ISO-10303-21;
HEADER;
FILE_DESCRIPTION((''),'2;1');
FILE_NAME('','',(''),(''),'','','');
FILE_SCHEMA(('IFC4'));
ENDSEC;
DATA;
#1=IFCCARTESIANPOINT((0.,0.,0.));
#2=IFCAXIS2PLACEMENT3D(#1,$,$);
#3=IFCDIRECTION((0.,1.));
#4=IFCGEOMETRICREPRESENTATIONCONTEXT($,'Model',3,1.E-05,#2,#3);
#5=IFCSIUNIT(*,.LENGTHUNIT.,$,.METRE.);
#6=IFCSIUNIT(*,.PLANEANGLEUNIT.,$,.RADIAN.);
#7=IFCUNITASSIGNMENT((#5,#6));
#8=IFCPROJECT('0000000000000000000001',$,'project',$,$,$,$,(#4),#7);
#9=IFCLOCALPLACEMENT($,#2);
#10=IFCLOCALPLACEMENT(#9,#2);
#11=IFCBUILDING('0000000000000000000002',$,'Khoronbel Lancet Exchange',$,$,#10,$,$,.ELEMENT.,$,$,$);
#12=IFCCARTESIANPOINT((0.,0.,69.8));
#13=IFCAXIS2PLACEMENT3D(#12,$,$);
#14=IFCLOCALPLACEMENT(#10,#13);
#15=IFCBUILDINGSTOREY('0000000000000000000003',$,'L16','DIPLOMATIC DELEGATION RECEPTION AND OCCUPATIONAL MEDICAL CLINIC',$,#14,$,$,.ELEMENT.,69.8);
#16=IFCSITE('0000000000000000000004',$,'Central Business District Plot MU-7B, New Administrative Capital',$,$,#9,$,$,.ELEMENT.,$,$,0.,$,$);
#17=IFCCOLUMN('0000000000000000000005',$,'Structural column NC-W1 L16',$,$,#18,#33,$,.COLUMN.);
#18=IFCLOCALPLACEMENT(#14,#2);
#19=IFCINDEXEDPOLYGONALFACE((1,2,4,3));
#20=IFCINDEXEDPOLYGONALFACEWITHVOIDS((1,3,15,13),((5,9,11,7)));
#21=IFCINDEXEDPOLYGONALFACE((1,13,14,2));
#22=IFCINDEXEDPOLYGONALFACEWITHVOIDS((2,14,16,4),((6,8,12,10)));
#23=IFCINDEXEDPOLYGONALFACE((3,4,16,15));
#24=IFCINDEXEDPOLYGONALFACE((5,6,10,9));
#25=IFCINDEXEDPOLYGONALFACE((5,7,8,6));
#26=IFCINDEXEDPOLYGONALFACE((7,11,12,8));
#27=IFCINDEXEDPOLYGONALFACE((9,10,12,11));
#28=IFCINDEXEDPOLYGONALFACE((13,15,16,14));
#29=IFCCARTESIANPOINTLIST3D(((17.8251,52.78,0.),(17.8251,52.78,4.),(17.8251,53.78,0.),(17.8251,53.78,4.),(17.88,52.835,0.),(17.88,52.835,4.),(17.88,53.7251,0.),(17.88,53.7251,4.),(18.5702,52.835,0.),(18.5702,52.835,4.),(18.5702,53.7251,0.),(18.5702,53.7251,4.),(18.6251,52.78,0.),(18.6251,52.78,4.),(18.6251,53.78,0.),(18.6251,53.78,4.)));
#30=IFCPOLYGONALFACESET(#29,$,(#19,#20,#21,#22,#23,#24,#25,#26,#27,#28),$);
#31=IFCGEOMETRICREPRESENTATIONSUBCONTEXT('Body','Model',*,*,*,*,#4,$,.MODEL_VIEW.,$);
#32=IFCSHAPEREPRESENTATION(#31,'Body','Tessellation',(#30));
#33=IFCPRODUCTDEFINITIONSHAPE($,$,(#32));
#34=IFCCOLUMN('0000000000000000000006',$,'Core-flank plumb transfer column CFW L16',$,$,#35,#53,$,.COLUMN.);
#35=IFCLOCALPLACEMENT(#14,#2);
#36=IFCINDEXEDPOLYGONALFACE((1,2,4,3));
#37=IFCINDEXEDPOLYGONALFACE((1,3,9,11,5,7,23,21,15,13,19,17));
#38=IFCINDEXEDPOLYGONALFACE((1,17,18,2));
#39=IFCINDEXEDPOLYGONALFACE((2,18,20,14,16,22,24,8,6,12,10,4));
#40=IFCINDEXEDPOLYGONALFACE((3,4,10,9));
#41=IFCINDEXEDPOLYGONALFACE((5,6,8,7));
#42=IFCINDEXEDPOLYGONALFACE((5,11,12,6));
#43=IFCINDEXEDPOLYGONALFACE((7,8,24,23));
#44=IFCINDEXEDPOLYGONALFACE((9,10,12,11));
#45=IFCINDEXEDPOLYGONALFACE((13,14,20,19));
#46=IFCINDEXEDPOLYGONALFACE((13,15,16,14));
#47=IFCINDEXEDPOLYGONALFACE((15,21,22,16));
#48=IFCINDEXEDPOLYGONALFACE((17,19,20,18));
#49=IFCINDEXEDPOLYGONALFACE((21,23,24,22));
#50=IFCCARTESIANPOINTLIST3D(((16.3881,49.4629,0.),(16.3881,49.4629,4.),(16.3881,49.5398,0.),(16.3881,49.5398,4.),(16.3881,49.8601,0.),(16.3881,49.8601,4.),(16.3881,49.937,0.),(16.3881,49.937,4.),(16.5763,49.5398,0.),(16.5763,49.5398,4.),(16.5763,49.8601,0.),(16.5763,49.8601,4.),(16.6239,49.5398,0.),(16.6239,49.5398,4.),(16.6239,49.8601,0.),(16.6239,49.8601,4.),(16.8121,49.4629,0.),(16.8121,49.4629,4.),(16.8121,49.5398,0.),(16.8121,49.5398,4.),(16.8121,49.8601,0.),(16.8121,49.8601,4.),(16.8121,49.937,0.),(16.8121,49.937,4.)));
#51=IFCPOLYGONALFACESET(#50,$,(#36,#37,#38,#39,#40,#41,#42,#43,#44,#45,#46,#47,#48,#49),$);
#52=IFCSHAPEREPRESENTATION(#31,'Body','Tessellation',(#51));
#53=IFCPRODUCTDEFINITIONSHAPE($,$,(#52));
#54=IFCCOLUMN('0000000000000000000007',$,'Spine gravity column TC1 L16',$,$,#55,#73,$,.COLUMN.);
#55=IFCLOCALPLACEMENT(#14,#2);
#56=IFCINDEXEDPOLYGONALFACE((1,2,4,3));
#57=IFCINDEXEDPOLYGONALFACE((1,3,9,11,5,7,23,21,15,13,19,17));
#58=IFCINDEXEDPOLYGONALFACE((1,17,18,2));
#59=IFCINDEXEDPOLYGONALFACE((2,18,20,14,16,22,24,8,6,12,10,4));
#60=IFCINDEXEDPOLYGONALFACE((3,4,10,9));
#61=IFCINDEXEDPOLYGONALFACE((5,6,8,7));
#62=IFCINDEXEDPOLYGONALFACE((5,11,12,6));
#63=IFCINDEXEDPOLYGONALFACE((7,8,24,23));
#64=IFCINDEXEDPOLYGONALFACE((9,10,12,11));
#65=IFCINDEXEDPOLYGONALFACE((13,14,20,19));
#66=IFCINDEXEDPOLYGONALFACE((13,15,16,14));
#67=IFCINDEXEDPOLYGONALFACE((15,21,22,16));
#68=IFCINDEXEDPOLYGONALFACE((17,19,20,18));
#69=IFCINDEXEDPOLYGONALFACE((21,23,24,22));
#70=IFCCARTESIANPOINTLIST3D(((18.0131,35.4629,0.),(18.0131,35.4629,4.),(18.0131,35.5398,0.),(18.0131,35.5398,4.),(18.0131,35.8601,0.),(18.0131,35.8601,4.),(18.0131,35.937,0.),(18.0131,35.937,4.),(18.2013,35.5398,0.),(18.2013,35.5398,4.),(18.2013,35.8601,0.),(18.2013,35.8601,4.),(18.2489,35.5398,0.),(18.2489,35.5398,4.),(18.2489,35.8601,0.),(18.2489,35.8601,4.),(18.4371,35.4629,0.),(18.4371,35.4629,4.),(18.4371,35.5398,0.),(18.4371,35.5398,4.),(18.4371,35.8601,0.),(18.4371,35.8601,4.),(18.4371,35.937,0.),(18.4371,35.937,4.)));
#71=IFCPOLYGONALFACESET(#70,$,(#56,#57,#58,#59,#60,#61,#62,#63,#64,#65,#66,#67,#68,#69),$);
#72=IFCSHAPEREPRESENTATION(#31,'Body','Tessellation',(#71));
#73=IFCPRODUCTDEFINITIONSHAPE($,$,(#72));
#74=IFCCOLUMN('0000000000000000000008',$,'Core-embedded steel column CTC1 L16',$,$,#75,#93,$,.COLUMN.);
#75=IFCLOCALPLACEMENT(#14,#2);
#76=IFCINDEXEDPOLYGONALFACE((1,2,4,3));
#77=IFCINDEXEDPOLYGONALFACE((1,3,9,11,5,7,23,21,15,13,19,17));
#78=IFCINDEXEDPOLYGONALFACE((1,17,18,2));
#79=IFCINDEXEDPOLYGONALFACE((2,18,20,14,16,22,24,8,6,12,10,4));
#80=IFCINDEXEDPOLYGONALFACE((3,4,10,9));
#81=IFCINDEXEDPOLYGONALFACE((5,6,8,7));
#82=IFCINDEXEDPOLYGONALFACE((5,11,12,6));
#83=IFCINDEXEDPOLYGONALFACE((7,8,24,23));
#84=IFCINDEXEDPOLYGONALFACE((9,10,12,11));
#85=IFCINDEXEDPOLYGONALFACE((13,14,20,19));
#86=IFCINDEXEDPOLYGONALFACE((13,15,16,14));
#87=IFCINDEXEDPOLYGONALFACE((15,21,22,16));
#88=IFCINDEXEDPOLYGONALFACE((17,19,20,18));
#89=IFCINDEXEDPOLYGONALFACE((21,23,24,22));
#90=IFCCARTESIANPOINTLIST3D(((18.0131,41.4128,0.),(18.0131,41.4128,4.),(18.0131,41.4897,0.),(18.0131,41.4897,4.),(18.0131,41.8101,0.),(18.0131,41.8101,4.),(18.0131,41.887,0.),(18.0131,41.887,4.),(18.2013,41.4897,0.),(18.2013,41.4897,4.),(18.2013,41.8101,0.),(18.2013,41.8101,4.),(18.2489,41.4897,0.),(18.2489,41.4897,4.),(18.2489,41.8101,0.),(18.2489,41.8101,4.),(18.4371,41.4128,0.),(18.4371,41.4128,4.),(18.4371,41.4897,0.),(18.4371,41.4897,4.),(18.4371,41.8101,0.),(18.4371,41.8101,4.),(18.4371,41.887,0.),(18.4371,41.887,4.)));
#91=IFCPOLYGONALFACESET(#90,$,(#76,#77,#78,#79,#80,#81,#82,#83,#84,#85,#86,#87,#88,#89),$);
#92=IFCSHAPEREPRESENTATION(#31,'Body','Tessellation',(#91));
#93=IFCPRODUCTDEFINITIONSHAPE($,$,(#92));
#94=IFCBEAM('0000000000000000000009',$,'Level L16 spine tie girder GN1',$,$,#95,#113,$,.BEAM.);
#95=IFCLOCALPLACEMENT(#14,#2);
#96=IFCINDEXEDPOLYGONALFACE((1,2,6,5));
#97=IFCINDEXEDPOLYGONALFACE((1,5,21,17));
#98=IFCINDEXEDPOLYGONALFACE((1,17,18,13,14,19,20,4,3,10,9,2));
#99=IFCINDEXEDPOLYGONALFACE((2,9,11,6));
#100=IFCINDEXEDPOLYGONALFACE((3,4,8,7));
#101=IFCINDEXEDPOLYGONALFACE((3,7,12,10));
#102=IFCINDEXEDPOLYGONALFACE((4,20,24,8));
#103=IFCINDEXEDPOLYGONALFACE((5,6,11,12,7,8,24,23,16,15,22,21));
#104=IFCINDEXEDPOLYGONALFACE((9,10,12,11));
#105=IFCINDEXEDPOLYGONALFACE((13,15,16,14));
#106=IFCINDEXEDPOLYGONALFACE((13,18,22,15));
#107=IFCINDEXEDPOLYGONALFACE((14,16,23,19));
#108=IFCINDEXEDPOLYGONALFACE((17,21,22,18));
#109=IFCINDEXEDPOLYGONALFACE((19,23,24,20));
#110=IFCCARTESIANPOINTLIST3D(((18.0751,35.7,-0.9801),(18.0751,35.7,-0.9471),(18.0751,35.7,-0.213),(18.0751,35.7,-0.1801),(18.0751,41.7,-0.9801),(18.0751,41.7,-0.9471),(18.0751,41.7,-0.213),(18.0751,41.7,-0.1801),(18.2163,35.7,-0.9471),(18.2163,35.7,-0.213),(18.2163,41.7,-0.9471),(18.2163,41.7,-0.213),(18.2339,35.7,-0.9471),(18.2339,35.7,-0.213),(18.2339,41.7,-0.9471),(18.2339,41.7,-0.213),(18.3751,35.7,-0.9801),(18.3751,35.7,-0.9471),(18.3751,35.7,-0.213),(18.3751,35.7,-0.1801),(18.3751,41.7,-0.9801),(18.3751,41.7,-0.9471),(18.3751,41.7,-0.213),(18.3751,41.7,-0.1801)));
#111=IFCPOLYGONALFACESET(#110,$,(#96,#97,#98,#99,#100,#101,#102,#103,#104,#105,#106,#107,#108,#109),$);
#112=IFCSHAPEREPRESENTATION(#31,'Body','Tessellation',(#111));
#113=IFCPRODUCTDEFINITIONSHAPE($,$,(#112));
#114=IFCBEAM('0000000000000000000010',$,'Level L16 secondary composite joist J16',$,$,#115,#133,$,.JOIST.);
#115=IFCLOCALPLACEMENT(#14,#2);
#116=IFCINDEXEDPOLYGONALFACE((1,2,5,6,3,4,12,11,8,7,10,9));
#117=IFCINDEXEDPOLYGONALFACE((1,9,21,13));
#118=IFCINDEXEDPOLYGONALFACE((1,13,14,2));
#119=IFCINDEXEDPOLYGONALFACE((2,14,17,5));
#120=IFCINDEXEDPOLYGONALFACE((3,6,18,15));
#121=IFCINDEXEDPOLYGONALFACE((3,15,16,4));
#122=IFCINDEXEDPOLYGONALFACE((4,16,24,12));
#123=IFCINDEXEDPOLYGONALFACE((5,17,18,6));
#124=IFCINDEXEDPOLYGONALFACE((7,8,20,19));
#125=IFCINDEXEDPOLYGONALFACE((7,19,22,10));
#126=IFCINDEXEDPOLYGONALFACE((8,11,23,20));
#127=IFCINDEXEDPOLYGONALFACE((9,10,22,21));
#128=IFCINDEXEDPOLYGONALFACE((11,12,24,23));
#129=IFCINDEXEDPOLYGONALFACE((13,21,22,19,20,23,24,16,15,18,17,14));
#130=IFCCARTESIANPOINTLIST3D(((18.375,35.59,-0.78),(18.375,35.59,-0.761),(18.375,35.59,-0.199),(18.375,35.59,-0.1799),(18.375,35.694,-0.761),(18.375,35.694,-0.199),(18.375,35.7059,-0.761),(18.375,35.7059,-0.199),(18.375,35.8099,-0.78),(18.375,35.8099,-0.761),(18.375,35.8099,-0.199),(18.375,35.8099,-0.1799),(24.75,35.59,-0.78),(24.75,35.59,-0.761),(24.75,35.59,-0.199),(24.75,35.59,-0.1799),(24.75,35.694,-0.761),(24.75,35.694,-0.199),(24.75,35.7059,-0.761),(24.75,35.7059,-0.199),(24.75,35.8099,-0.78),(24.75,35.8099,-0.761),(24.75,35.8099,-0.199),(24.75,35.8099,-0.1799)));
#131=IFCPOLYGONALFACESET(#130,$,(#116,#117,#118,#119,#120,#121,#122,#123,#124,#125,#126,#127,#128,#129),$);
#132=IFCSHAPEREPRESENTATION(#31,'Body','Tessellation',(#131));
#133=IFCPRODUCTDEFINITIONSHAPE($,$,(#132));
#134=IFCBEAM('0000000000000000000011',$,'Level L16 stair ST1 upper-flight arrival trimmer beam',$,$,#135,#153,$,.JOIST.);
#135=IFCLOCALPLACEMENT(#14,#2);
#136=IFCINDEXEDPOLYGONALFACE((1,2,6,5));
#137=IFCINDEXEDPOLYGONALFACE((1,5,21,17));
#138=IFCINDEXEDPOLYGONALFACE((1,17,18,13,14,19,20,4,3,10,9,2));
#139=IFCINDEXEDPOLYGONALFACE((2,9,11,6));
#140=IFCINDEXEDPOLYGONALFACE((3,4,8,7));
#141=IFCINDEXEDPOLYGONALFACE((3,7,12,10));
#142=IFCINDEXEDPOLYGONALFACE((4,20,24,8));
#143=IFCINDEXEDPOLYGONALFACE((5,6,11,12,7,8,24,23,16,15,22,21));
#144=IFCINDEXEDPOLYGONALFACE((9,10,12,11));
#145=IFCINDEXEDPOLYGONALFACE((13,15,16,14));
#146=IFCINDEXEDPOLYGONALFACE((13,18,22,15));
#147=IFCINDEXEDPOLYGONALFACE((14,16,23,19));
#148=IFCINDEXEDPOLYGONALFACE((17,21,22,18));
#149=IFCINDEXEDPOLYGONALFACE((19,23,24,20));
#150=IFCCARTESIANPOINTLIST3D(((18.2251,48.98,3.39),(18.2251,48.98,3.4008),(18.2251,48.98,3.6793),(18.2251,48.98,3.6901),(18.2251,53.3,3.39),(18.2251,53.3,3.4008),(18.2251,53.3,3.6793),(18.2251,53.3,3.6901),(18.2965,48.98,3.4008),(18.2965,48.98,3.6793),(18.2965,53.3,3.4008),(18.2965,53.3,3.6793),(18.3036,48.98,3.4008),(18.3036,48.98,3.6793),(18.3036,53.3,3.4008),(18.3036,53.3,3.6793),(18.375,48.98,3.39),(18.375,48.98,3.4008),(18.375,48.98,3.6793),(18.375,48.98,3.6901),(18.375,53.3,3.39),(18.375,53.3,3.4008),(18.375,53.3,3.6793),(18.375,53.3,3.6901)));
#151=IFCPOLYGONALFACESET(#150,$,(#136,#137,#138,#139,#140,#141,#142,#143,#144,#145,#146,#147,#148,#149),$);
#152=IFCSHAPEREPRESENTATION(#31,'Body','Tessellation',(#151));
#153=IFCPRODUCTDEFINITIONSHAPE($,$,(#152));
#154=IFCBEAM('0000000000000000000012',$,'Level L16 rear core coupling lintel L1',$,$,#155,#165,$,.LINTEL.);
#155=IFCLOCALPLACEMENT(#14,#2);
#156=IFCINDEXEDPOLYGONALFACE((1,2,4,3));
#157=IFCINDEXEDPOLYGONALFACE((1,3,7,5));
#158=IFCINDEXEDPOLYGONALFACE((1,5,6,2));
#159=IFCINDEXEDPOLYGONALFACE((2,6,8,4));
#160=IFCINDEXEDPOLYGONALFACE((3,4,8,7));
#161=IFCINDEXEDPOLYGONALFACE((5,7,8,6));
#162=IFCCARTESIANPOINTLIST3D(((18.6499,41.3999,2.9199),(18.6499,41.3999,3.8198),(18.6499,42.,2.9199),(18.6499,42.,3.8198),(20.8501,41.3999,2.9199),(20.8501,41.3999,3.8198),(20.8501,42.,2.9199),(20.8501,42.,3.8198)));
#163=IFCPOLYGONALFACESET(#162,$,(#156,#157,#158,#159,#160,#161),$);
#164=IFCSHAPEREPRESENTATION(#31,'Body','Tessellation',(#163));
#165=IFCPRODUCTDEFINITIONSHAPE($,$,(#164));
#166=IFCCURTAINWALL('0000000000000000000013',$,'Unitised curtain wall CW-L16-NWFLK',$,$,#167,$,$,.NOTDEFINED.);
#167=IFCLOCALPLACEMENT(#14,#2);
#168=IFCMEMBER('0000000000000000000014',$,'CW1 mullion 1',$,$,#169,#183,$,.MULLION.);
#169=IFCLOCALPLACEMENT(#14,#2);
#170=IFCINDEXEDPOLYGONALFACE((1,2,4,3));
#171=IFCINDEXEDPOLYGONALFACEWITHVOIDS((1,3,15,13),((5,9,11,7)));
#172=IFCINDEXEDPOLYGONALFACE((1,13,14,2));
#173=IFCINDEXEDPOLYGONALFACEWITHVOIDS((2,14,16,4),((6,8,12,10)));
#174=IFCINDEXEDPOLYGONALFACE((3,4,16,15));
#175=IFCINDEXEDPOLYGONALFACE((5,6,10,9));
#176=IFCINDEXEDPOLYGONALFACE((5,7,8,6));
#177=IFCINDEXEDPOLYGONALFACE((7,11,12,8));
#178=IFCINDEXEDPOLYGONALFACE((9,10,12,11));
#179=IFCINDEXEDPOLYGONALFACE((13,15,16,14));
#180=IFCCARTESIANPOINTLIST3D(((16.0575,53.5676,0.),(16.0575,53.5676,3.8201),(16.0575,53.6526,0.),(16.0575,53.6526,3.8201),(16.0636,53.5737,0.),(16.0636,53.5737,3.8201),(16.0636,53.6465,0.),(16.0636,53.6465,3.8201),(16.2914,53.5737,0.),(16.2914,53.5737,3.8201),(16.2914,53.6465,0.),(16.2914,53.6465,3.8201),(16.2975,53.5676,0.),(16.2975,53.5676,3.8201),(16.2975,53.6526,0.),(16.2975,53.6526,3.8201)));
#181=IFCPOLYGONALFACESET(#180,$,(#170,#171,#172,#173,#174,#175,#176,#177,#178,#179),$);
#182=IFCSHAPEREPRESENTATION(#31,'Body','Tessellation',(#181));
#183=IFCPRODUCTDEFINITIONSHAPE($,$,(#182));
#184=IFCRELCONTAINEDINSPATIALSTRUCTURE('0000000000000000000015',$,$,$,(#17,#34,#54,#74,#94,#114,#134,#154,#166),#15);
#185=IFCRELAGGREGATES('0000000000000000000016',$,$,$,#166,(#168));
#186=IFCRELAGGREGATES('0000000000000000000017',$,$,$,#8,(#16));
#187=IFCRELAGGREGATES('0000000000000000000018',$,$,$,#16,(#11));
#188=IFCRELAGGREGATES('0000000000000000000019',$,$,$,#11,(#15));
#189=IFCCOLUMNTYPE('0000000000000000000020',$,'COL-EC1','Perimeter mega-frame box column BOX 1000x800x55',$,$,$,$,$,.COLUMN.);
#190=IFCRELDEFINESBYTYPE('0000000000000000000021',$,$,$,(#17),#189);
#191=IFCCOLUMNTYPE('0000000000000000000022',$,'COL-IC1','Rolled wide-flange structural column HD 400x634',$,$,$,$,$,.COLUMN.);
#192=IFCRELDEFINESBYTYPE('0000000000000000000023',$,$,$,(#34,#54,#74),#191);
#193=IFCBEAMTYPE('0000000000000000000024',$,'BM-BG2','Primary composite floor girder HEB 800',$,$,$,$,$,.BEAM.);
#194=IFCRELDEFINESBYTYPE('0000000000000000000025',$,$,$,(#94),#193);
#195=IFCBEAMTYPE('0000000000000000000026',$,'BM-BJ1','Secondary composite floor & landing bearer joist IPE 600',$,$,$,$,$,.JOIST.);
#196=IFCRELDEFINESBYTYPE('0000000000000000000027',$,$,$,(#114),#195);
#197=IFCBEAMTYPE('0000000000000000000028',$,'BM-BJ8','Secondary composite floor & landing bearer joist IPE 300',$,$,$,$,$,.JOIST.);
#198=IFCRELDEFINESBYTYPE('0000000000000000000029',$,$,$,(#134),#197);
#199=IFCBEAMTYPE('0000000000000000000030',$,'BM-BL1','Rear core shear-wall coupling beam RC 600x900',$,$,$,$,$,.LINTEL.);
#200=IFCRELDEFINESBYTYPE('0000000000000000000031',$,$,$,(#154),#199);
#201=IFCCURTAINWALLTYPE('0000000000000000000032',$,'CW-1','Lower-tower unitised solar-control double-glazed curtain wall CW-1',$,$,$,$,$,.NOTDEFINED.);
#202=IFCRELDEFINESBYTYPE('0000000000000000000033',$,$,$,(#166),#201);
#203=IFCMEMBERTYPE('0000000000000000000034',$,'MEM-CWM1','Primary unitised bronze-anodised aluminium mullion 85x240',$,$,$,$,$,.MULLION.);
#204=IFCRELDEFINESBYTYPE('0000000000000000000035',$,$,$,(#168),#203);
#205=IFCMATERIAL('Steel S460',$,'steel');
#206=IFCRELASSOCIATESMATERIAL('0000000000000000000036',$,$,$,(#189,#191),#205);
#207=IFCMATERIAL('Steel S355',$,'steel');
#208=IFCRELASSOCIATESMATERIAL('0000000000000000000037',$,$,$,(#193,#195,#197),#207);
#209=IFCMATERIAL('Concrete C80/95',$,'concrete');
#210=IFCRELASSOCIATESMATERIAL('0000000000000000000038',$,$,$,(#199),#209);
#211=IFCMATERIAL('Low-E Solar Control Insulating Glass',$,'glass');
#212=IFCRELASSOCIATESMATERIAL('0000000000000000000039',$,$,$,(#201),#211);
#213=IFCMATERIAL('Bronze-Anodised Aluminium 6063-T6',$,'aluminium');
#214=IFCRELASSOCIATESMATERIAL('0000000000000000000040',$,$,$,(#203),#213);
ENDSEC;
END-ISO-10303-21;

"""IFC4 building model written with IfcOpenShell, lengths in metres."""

from ifc_helpers import new_model, si_unit, direction, frame, origin, origin_2d, place, context, subcontext, project, spatial, rectangle, hollow_rectangle, i_section, extrude, material, material_profile, profile_set, type_object, element, aggregate, save


model = new_model("IFC4")

# Units and contexts
model_context = context("Model", 3, precision=1e-05, world=origin(), true_north=direction((0.0, 1.0)))
body_context = subcontext(model_context, "Body", "Model", "MODEL_VIEW")
ifc_project = project(units=[si_unit("LENGTHUNIT", "METRE"), si_unit("PLANEANGLEUNIT", "RADIAN")], contexts=[model_context])

# Site, building, storey
site_placement = place(None, origin())
site = spatial("IfcSite", under=ifc_project, at=site_placement, Name="Central Business District Plot MU-7B, New Administrative Capital", CompositionType="ELEMENT", RefElevation=0.0)
building_placement = place(site_placement, origin())
building = spatial("IfcBuilding", under=site, at=building_placement, Name="Khoronbel Lancet Exchange", CompositionType="ELEMENT")
storey_placement = place(building_placement, frame((0.0, 0.0, 69.8)))
storey = spatial("IfcBuildingStorey", under=building, at=storey_placement, Name="L16", Description="DIPLOMATIC DELEGATION RECEPTION AND OCCUPATIONAL MEDICAL CLINIC", CompositionType="ELEMENT", Elevation=69.8)

# Columns
ifc_material_1 = material(Name="Steel S460", Category="steel")
ifc_material_profile_1 = material_profile(ifc_material_1, hollow_rectangle(XDim=0.8, YDim=1.0, WallThickness=0.0549, at=origin_2d()), Name="BOX 1000x800x55")
ifc_profile_set_1 = profile_set([ifc_material_profile_1], Name="Steel S460")
column_type_1 = type_object("IfcColumnType", Name="COL-EC1", Description="Perimeter mega-frame box column BOX 1000x800x55", PredefinedType="COLUMN", material=ifc_profile_set_1)
column_placement = place(storey_placement, frame((18.2251, 53.28, 0.0), z_axis=(0.0, 0.0, 1.0), x_axis=(1.0, 0.0, 0.0)))
element("IfcColumn", 1, at=column_placement, inside=storey, type_object=column_type_1, Name="Structural column NC-W1 L16", PredefinedType="COLUMN", context=body_context, shape_type="SweptSolid", body=[
    extrude(hollow_rectangle(XDim=0.8, YDim=1.0, WallThickness=0.0549, at=origin_2d()), origin(), (0.0, 0.0, 1.0), 4.0),
])
ifc_material_profile_2 = material_profile(ifc_material_1, i_section(OverallWidth=0.4241, OverallDepth=0.4741, WebThickness=0.0476, FlangeThickness=0.0769, at=origin_2d()), Name="HD 400x634")
ifc_profile_set_2 = profile_set([ifc_material_profile_2], Name="Steel S460")
column_type_2 = type_object("IfcColumnType", Name="COL-IC1", Description="Rolled wide-flange structural column HD 400x634", PredefinedType="COLUMN", material=ifc_profile_set_2)
for number, where, z_axis, x_axis, name in (
    (2, (16.6001, 49.7, 0.0), (0.0, 0.0, 1.0), (1.0, 0.0, 0.0), "Core-flank plumb transfer column CFW L16"),
    (3, (18.2251, 35.7, 0.0), (0.0, 0.0, 1.0), (1.0, 0.0, 0.0), "Spine gravity column TC1 L16"),
    (4, (18.2251, 41.6499, 0.0), (0.0, 0.0, 1.0), (1.0, 0.0, 0.0), "Core-embedded steel column CTC1 L16"),
):
    element("IfcColumn", number, at=place(storey_placement, frame(where, z_axis=z_axis, x_axis=x_axis)), inside=storey, type_object=column_type_2, Name=name, PredefinedType="COLUMN", context=body_context, shape_type="SweptSolid", body=[
        extrude(i_section(OverallWidth=0.4241, OverallDepth=0.4741, WebThickness=0.0476, FlangeThickness=0.0769, at=origin_2d()), origin(), (0.0, 0.0, 1.0), 4.0),
    ])

# Beams
ifc_material_2 = material(Name="Steel S355", Category="steel")
ifc_material_profile_3 = material_profile(ifc_material_2, i_section(OverallWidth=0.3, OverallDepth=0.8, WebThickness=0.0176, FlangeThickness=0.033, at=origin_2d()), Name="HEB 800")
ifc_profile_set_3 = profile_set([ifc_material_profile_3], Name="Steel S355")
beam_type_1 = type_object("IfcBeamType", Name="BM-BG2", Description="Primary composite floor girder HEB 800", PredefinedType="BEAM", material=ifc_profile_set_3)
beam_1_placement = place(storey_placement, frame((18.2251, 35.7, -0.5801), z_axis=(0.0, 1.0, 0.0), x_axis=(-1.0, 0.0, 0.0)))
element("IfcBeam", 5, at=beam_1_placement, inside=storey, type_object=beam_type_1, Name="Level L16 spine tie girder GN1", PredefinedType="BEAM", context=body_context, shape_type="SweptSolid", body=[
    extrude(i_section(OverallWidth=0.3, OverallDepth=0.8, WebThickness=0.0176, FlangeThickness=0.033, at=origin_2d()), origin(), (0.0, 0.0, 1.0), 6.0),
])
ifc_material_profile_4 = material_profile(ifc_material_2, i_section(OverallWidth=0.22, OverallDepth=0.6001, WebThickness=0.012, FlangeThickness=0.019, at=origin_2d()), Name="IPE 600")
ifc_profile_set_4 = profile_set([ifc_material_profile_4], Name="Steel S355")
beam_type_2 = type_object("IfcBeamType", Name="BM-BJ1", Description="Secondary composite floor & landing bearer joist IPE 600", PredefinedType="JOIST", material=ifc_profile_set_4)
beam_2_placement = place(storey_placement, frame((18.375, 35.7, -0.48), z_axis=(1.0, 0.0, 0.0), x_axis=(0.0, 1.0, 0.0)))
element("IfcBeam", 6, at=beam_2_placement, inside=storey, type_object=beam_type_2, Name="Level L16 secondary composite joist J16", PredefinedType="JOIST", context=body_context, shape_type="SweptSolid", body=[
    extrude(i_section(OverallWidth=0.22, OverallDepth=0.6001, WebThickness=0.012, FlangeThickness=0.019, at=origin_2d()), origin(), (0.0, 0.0, 1.0), 6.375),
])
ifc_material_profile_5 = material_profile(ifc_material_2, i_section(OverallWidth=0.1499, OverallDepth=0.3, WebThickness=0.0071, FlangeThickness=0.0107, at=origin_2d()), Name="IPE 300")
ifc_profile_set_5 = profile_set([ifc_material_profile_5], Name="Steel S355")
beam_type_3 = type_object("IfcBeamType", Name="BM-BJ8", Description="Secondary composite floor & landing bearer joist IPE 300", PredefinedType="JOIST", material=ifc_profile_set_5)
beam_3_placement = place(storey_placement, frame((18.3, 48.98, 3.54), z_axis=(0.0, 1.0, 0.0), x_axis=(-1.0, 0.0, 0.0)))
element("IfcBeam", 7, at=beam_3_placement, inside=storey, type_object=beam_type_3, Name="Level L16 stair ST1 upper-flight arrival trimmer beam", PredefinedType="JOIST", context=body_context, shape_type="SweptSolid", body=[
    extrude(i_section(OverallWidth=0.1499, OverallDepth=0.3, WebThickness=0.0071, FlangeThickness=0.0107, at=origin_2d()), origin(), (0.0, 0.0, 1.0), 4.3201),
])
ifc_material_3 = material(Name="Concrete C80/95", Category="concrete")
ifc_material_profile_6 = material_profile(ifc_material_3, rectangle(XDim=0.6001, YDim=0.8999, at=origin_2d()), Name="RC 600x900")
ifc_profile_set_6 = profile_set([ifc_material_profile_6], Name="Concrete C80/95")
beam_type_4 = type_object("IfcBeamType", Name="BM-BL1", Description="Rear core shear-wall coupling beam RC 600x900", PredefinedType="LINTEL", material=ifc_profile_set_6)
beam_4_placement = place(storey_placement, frame((18.6499, 41.7, 3.3699), z_axis=(1.0, 0.0, 0.0), x_axis=(0.0, 1.0, 0.0)))
element("IfcBeam", 8, at=beam_4_placement, inside=storey, type_object=beam_type_4, Name="Level L16 rear core coupling lintel L1", PredefinedType="LINTEL", context=body_context, shape_type="SweptSolid", body=[
    extrude(rectangle(XDim=0.6001, YDim=0.8999, at=origin_2d()), origin(), (0.0, 0.0, 1.0), 2.2002),
])

# Curtain wall, member
ifc_material_4 = material(Name="Low-E Solar Control Insulating Glass", Category="glass")
curtain_wall_type = type_object("IfcCurtainWallType", Name="CW-1", Description="Lower-tower unitised solar-control double-glazed curtain wall CW-1", PredefinedType="NOTDEFINED", material=ifc_material_4)
curtain_wall_placement = place(storey_placement, origin())
curtain_wall = element("IfcCurtainWall", 9, at=curtain_wall_placement, inside=storey, type_object=curtain_wall_type, Name="Unitised curtain wall CW-L16-NWFLK", PredefinedType="NOTDEFINED")
ifc_material_5 = material(Name="Bronze-Anodised Aluminium 6063-T6", Category="aluminium")
ifc_material_profile_7 = material_profile(ifc_material_5, hollow_rectangle(XDim=0.085, YDim=0.24, WallThickness=0.0061, at=origin_2d()), Name="ALU MULLION 85x240")
ifc_profile_set_7 = profile_set([ifc_material_profile_7], Name="Bronze-Anodised Aluminium 6063-T6")
member_type_1 = type_object("IfcMemberType", Name="MEM-CWM1", Description="Primary unitised bronze-anodised aluminium mullion 85x240", PredefinedType="MULLION", material=ifc_profile_set_7)
member_1_placement = place(storey_placement, frame((16.1775, 53.6101, 0.0), z_axis=(0.0, 0.0, 1.0), x_axis=(0.0, -1.0, 0.0)))
member_1 = element("IfcMember", 10, at=member_1_placement, type_object=member_type_1, Name="CW1 mullion 1", PredefinedType="MULLION", context=body_context, shape_type="SweptSolid", body=[
    extrude(hollow_rectangle(XDim=0.085, YDim=0.24, WallThickness=0.0061, at=origin_2d()), origin(), (0.0, 0.0, 1.0), 3.8201),
])
aggregate(curtain_wall, [member_1])

save(model, "model.ifc")
